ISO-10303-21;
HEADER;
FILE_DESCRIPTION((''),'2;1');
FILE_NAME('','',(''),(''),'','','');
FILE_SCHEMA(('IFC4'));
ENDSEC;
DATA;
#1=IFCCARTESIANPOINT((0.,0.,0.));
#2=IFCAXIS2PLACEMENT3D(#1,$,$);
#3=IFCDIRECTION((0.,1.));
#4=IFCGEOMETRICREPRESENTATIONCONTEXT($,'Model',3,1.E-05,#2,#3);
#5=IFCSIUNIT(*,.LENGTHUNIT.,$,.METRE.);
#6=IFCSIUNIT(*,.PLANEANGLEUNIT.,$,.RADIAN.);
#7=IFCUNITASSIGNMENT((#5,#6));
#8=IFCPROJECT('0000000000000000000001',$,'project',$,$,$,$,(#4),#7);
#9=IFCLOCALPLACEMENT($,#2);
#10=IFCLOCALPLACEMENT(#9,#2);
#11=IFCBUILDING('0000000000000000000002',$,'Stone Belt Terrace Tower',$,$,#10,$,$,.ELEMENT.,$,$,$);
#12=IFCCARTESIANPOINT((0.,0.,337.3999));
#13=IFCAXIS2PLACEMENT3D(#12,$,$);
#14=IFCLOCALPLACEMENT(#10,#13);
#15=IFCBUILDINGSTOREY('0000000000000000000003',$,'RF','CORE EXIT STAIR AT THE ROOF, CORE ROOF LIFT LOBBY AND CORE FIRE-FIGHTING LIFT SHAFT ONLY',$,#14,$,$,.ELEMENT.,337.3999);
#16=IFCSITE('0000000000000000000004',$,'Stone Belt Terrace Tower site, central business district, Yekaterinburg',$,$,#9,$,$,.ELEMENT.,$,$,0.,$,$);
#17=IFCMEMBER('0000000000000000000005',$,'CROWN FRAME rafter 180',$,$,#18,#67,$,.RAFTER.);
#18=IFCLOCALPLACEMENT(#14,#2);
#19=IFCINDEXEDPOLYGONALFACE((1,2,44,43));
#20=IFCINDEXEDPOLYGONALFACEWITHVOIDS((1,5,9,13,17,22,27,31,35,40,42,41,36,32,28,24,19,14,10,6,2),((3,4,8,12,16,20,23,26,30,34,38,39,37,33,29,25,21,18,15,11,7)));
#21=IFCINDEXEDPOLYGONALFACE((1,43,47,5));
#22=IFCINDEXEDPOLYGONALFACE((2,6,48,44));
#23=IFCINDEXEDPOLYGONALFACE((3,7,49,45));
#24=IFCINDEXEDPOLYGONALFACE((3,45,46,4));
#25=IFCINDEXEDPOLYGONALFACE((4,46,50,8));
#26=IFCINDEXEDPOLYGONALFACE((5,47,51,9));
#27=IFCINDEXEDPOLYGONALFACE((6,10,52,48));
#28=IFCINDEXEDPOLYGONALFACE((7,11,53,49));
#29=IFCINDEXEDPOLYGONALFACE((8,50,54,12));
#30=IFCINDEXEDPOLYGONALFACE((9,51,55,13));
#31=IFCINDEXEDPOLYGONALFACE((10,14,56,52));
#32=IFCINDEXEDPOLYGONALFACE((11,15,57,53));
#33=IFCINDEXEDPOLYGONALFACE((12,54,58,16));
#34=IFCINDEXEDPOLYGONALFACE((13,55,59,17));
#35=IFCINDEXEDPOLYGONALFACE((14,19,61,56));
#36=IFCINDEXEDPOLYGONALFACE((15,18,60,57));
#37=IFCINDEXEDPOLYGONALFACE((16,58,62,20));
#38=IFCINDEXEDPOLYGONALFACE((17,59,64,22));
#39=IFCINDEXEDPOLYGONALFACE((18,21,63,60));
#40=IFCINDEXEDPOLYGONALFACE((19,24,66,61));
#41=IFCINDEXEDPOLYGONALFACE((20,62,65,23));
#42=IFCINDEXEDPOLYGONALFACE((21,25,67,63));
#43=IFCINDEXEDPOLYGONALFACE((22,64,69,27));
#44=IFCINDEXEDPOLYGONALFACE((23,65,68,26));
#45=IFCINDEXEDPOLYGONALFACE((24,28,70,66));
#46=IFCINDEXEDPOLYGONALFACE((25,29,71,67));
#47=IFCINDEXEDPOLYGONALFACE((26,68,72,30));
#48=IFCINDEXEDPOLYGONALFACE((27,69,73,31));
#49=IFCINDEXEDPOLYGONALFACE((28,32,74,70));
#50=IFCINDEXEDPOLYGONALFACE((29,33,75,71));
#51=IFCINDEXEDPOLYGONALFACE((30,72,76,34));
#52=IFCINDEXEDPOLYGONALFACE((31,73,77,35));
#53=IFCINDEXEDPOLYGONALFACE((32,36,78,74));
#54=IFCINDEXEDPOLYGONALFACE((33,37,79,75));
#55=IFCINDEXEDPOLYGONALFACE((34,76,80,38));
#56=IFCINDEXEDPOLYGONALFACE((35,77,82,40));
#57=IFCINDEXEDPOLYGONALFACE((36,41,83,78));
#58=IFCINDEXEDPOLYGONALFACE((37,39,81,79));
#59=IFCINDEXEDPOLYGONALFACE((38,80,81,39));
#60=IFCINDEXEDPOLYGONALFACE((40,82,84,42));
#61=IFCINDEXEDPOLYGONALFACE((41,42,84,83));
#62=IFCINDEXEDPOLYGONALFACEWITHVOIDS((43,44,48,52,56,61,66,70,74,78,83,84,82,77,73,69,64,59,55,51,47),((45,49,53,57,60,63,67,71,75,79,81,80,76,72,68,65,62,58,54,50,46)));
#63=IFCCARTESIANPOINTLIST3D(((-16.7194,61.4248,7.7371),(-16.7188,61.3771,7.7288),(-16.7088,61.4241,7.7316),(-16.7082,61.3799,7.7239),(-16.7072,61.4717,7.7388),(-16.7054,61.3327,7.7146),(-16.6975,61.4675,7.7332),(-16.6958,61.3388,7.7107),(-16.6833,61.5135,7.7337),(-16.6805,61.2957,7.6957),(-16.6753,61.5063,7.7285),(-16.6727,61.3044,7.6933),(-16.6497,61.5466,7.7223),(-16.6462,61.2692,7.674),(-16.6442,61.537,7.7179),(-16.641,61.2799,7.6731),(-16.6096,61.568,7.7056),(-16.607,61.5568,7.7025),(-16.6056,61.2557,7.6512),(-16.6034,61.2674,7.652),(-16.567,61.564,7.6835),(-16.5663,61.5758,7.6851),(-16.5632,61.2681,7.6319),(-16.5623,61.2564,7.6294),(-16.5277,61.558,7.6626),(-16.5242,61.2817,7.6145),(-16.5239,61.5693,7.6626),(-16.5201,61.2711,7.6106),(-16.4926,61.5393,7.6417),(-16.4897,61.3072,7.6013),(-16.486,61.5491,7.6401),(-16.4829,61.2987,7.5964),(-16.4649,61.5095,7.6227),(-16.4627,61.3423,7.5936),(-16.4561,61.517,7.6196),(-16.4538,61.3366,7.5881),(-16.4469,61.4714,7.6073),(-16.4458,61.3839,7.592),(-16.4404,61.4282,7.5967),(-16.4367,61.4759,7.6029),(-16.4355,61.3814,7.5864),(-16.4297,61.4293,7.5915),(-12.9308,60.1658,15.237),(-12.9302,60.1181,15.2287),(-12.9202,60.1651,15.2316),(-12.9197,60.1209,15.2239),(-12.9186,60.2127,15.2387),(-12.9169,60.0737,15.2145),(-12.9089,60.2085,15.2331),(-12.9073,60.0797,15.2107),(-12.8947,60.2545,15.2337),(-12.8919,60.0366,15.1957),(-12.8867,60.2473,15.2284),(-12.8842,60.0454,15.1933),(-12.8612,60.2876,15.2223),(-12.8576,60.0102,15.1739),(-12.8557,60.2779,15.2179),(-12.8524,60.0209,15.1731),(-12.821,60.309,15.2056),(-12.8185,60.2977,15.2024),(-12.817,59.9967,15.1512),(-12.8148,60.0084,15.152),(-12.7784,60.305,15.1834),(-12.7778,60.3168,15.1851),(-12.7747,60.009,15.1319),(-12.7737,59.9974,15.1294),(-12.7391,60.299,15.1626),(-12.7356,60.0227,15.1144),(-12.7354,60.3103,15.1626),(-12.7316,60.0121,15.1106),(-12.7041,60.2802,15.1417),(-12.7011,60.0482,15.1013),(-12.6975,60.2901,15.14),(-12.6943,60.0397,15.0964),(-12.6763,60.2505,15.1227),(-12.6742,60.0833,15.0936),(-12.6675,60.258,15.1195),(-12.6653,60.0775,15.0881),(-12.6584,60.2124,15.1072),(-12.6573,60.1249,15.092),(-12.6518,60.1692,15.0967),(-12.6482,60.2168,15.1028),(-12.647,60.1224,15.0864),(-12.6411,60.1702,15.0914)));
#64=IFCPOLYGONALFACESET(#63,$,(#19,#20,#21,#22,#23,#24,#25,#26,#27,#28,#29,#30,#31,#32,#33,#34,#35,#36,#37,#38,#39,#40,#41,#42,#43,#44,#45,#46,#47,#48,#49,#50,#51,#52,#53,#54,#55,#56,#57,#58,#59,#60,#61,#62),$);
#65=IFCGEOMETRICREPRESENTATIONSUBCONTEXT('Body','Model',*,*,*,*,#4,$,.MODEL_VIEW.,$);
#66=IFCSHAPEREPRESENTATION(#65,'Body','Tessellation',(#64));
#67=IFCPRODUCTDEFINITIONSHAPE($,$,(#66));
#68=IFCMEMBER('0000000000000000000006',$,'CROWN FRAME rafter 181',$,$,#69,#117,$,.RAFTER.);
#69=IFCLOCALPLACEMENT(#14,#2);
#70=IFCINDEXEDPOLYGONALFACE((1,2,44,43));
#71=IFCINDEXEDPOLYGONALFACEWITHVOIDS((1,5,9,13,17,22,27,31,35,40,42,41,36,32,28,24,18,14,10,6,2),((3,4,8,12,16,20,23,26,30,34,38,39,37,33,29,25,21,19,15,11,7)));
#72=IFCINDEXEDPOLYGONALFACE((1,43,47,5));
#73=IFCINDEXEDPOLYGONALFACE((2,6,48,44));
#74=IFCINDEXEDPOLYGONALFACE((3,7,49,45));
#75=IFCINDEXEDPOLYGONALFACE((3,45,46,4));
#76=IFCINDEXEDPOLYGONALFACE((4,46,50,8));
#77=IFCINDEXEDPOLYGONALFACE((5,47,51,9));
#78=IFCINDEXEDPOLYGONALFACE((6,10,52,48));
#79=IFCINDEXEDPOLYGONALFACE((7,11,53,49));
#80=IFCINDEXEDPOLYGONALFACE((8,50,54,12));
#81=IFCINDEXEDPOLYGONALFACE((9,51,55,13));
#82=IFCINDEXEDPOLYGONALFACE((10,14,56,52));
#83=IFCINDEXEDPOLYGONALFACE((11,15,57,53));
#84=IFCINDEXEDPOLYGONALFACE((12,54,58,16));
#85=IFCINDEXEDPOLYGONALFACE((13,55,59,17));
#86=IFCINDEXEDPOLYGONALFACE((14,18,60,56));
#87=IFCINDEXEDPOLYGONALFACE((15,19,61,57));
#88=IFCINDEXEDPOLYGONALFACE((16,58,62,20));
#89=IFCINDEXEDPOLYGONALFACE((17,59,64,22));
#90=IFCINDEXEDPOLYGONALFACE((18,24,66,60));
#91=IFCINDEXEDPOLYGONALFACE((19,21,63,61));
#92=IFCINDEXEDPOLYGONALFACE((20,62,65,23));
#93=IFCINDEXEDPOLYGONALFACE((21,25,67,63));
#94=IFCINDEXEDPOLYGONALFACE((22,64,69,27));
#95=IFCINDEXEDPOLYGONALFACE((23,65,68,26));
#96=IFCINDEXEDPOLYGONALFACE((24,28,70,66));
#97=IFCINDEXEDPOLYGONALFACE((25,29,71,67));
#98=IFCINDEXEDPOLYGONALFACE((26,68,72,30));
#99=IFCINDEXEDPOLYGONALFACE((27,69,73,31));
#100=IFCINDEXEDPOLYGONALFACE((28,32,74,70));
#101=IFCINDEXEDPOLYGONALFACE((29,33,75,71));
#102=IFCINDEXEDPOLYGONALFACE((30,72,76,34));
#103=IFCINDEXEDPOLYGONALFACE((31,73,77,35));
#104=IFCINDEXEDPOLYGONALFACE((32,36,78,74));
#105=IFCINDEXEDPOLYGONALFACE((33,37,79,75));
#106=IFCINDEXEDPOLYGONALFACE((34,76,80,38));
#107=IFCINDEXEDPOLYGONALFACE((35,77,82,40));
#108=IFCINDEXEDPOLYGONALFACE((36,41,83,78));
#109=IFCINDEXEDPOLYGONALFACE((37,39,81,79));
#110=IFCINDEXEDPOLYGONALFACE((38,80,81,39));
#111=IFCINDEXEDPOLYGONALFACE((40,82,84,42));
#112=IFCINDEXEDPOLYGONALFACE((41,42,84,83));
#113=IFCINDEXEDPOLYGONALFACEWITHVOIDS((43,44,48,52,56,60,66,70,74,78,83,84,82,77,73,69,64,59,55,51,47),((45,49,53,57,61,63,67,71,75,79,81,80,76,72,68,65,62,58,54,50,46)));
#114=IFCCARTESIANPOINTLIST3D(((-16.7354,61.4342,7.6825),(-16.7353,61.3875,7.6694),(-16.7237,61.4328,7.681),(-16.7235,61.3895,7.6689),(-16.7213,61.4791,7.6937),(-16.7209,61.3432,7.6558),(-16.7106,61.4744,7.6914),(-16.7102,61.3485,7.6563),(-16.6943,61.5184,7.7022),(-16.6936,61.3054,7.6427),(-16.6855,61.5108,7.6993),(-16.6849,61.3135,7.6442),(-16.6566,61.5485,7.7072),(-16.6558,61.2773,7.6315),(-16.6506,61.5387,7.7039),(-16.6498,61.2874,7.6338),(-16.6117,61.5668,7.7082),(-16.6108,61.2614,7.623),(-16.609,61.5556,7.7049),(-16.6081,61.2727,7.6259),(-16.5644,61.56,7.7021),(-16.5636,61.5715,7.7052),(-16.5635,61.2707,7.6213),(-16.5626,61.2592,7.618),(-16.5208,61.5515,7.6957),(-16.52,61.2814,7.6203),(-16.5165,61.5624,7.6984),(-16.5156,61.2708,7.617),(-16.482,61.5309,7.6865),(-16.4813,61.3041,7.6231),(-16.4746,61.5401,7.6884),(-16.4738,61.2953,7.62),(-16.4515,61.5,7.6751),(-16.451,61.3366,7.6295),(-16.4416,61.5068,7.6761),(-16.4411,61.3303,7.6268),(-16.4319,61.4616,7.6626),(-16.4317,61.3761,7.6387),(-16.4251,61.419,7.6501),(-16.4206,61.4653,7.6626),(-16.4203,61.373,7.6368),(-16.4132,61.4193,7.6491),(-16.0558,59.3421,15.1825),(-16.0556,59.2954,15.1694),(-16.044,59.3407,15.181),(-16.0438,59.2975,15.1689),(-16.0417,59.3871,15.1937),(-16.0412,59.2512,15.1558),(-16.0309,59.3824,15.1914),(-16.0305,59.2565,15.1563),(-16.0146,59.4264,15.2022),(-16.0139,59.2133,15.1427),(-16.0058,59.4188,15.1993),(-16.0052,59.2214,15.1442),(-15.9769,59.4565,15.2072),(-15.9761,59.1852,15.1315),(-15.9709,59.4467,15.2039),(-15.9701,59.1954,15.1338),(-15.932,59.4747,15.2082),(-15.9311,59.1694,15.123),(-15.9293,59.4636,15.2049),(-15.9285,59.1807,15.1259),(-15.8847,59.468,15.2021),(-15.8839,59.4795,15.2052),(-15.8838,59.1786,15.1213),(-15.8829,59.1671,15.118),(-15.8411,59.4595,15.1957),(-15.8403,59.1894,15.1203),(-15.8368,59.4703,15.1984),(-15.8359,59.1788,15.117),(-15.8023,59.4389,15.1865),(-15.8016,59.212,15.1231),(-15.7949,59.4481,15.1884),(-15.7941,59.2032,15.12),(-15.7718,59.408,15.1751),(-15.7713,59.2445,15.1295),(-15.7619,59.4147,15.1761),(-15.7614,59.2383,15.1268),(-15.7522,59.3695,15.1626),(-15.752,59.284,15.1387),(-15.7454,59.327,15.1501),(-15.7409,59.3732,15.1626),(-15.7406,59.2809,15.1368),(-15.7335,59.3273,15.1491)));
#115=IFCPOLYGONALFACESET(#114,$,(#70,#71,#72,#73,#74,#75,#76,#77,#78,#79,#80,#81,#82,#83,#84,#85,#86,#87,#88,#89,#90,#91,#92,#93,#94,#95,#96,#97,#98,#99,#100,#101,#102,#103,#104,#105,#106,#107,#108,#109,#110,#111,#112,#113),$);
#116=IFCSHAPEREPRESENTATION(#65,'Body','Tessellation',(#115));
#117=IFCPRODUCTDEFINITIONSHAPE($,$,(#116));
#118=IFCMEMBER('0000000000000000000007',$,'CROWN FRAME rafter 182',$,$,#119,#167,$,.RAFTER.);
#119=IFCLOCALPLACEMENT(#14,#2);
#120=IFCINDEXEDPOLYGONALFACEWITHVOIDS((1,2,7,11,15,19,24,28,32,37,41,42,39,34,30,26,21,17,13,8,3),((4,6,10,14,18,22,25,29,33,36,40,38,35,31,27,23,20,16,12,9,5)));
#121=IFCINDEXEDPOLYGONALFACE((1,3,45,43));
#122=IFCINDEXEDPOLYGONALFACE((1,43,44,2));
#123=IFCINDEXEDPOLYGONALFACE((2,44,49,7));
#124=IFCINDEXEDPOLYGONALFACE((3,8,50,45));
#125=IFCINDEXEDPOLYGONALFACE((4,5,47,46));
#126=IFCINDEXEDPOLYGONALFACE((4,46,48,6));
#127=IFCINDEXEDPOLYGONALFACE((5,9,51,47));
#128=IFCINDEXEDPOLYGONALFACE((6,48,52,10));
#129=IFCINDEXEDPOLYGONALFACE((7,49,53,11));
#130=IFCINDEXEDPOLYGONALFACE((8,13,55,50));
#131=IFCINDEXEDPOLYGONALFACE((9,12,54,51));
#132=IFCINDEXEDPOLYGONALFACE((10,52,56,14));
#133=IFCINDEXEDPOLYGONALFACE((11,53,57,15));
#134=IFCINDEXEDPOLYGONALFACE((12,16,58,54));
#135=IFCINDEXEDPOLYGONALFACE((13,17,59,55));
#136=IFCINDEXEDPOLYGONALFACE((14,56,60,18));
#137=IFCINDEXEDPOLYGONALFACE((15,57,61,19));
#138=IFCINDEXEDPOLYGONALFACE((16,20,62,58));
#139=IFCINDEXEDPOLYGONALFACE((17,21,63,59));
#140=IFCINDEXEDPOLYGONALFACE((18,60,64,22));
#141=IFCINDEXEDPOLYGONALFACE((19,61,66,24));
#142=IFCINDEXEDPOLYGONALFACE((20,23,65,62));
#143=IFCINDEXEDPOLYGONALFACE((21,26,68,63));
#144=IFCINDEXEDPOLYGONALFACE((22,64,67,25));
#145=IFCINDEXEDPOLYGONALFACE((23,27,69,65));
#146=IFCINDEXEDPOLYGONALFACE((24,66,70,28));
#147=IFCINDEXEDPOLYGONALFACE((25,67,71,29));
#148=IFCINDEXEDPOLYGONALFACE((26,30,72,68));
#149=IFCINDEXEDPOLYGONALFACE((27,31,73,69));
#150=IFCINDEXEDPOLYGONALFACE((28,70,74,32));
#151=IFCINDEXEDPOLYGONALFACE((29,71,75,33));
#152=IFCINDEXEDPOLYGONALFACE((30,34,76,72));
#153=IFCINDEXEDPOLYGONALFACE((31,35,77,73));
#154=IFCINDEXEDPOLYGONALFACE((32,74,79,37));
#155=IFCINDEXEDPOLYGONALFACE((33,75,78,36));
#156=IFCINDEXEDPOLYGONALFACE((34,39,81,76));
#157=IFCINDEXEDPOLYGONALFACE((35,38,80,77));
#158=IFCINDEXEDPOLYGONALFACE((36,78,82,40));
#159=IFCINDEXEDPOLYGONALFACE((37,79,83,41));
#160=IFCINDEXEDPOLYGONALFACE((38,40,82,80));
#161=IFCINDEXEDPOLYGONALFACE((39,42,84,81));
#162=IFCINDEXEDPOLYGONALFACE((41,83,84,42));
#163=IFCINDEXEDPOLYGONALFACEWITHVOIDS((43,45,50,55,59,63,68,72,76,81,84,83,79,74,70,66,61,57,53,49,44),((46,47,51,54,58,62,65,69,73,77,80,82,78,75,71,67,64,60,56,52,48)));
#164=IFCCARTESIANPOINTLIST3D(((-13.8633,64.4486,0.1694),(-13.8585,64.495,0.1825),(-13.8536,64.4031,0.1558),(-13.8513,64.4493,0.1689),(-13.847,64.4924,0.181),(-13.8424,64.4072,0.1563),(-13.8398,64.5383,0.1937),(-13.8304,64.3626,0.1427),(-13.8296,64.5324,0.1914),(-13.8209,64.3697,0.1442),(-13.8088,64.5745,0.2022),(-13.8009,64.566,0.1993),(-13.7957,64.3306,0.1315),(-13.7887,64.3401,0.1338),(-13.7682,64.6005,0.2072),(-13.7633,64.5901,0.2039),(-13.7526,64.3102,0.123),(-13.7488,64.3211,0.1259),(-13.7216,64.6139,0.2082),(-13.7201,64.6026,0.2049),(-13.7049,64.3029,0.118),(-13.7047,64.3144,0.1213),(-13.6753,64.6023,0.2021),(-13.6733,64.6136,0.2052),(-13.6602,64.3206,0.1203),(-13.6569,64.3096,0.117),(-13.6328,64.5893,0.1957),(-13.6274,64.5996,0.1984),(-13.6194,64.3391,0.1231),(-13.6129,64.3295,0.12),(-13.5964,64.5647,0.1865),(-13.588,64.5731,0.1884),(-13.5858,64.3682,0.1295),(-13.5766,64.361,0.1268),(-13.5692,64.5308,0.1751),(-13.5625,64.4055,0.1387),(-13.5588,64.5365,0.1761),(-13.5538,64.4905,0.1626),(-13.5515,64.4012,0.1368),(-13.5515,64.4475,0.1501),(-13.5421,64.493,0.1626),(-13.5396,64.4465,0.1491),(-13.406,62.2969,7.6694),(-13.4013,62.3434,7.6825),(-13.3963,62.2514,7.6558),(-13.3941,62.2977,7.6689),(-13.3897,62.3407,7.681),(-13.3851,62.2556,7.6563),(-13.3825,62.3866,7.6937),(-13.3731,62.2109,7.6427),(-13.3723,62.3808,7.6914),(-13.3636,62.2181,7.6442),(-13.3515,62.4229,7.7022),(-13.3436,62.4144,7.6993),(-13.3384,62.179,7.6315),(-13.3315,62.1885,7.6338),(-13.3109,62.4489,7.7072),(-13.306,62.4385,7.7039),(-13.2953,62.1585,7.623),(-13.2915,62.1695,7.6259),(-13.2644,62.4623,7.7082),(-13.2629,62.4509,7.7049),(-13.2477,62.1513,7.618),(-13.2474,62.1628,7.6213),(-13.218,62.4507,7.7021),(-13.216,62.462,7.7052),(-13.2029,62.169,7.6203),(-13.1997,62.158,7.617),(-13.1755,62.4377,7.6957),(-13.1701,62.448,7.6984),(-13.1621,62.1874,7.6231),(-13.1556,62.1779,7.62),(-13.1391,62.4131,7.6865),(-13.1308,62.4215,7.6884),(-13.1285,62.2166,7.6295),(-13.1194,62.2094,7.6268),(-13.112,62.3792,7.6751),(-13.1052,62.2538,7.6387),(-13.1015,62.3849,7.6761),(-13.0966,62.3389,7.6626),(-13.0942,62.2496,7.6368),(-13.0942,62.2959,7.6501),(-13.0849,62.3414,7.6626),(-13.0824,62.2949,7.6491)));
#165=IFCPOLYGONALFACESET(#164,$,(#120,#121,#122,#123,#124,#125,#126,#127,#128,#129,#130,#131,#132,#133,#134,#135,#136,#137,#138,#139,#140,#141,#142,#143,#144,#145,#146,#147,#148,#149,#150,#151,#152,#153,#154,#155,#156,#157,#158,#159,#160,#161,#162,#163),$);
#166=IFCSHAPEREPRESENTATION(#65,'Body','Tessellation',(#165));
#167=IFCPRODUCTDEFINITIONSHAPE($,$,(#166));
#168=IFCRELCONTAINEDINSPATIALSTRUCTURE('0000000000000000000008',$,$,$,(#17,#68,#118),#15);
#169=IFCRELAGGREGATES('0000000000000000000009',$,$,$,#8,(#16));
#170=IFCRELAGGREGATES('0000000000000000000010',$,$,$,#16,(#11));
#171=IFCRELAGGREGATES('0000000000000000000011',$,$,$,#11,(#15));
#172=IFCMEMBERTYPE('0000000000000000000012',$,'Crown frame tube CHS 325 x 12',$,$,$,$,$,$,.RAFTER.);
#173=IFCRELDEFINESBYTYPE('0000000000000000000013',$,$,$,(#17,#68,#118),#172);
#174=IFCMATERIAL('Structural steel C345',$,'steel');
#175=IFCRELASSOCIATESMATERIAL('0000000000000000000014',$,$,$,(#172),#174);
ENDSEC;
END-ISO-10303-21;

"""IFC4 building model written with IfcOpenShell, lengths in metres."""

from ifc_helpers import new_model, si_unit, direction, frame, origin, origin_2d, place, context, subcontext, project, spatial, hollow_circle, extrude, material, material_profile, profile_set, type_object, element, save


model = new_model("IFC4")

# Units and contexts
model_context = context("Model", 3, precision=1e-05, world=origin(), true_north=direction((0.0, 1.0)))
body_context = subcontext(model_context, "Body", "Model", "MODEL_VIEW")
ifc_project = project(units=[si_unit("LENGTHUNIT", "METRE"), si_unit("PLANEANGLEUNIT", "RADIAN")], contexts=[model_context])

# Site, building, storey
site_placement = place(None, origin())
site = spatial("IfcSite", under=ifc_project, at=site_placement, Name="Stone Belt Terrace Tower site, central business district, Yekaterinburg", CompositionType="ELEMENT", RefElevation=0.0)
building_placement = place(site_placement, origin())
building = spatial("IfcBuilding", under=site, at=building_placement, Name="Stone Belt Terrace Tower", CompositionType="ELEMENT")
storey_placement = place(building_placement, frame((0.0, 0.0, 337.3999)))
storey = spatial("IfcBuildingStorey", under=building, at=storey_placement, Name="RF", Description="CORE EXIT STAIR AT THE ROOF, CORE ROOF LIFT LOBBY AND CORE FIRE-FIGHTING LIFT SHAFT ONLY", CompositionType="ELEMENT", Elevation=337.3999)

# Members
ifc_material_1 = material(Name="Structural steel C345", Category="steel")
ifc_material_profile_1 = material_profile(ifc_material_1, hollow_circle(Radius=0.1626, WallThickness=0.012, at=origin_2d()), Name="Structural steel C345 CHS 325x12")
ifc_profile_set_1 = profile_set([ifc_material_profile_1], Name="Structural steel C345")
member_type_1 = type_object("IfcMemberType", Name="Crown frame tube CHS 325 x 12", PredefinedType="RAFTER", material=ifc_profile_set_1)
member_1_placement = place(storey_placement, frame((-16.5752, 61.415, 7.6626), z_axis=(0.445905, -0.148185, 0.882729), x_axis=(0.315365, 0.94897, 0.0)))
element("IfcMember", 1, at=member_1_placement, inside=storey, type_object=member_type_1, Name="CROWN FRAME rafter 180", PredefinedType="RAFTER", context=body_context, shape_type="SweptSolid", body=[
    extrude(hollow_circle(Radius=0.1626, WallThickness=0.012, at=origin_2d()), origin(), (0.0, 0.0, 1.0), 8.4963),
])
for number, where, z_axis, x_axis, name in (
    (2, (-16.5752, 61.415, 7.6626), (0.086962, -0.267664, 0.95958), (0.951064, 0.308993, 0.0), "CROWN FRAME rafter 181"),
    (3, (-13.7012, 64.4592, 0.1626), (0.058506, -0.275286, 0.959581), (0.978153, 0.207884, 0.0), "CROWN FRAME rafter 182"),
):
    element("IfcMember", number, at=place(storey_placement, frame(where, z_axis=z_axis, x_axis=x_axis)), inside=storey, type_object=member_type_1, Name=name, PredefinedType="RAFTER", context=body_context, shape_type="SweptSolid", body=[
        extrude(hollow_circle(Radius=0.1626, WallThickness=0.012, at=origin_2d()), origin(), (0.0, 0.0, 1.0), 7.8159),
    ])

save(model, "model.ifc")
